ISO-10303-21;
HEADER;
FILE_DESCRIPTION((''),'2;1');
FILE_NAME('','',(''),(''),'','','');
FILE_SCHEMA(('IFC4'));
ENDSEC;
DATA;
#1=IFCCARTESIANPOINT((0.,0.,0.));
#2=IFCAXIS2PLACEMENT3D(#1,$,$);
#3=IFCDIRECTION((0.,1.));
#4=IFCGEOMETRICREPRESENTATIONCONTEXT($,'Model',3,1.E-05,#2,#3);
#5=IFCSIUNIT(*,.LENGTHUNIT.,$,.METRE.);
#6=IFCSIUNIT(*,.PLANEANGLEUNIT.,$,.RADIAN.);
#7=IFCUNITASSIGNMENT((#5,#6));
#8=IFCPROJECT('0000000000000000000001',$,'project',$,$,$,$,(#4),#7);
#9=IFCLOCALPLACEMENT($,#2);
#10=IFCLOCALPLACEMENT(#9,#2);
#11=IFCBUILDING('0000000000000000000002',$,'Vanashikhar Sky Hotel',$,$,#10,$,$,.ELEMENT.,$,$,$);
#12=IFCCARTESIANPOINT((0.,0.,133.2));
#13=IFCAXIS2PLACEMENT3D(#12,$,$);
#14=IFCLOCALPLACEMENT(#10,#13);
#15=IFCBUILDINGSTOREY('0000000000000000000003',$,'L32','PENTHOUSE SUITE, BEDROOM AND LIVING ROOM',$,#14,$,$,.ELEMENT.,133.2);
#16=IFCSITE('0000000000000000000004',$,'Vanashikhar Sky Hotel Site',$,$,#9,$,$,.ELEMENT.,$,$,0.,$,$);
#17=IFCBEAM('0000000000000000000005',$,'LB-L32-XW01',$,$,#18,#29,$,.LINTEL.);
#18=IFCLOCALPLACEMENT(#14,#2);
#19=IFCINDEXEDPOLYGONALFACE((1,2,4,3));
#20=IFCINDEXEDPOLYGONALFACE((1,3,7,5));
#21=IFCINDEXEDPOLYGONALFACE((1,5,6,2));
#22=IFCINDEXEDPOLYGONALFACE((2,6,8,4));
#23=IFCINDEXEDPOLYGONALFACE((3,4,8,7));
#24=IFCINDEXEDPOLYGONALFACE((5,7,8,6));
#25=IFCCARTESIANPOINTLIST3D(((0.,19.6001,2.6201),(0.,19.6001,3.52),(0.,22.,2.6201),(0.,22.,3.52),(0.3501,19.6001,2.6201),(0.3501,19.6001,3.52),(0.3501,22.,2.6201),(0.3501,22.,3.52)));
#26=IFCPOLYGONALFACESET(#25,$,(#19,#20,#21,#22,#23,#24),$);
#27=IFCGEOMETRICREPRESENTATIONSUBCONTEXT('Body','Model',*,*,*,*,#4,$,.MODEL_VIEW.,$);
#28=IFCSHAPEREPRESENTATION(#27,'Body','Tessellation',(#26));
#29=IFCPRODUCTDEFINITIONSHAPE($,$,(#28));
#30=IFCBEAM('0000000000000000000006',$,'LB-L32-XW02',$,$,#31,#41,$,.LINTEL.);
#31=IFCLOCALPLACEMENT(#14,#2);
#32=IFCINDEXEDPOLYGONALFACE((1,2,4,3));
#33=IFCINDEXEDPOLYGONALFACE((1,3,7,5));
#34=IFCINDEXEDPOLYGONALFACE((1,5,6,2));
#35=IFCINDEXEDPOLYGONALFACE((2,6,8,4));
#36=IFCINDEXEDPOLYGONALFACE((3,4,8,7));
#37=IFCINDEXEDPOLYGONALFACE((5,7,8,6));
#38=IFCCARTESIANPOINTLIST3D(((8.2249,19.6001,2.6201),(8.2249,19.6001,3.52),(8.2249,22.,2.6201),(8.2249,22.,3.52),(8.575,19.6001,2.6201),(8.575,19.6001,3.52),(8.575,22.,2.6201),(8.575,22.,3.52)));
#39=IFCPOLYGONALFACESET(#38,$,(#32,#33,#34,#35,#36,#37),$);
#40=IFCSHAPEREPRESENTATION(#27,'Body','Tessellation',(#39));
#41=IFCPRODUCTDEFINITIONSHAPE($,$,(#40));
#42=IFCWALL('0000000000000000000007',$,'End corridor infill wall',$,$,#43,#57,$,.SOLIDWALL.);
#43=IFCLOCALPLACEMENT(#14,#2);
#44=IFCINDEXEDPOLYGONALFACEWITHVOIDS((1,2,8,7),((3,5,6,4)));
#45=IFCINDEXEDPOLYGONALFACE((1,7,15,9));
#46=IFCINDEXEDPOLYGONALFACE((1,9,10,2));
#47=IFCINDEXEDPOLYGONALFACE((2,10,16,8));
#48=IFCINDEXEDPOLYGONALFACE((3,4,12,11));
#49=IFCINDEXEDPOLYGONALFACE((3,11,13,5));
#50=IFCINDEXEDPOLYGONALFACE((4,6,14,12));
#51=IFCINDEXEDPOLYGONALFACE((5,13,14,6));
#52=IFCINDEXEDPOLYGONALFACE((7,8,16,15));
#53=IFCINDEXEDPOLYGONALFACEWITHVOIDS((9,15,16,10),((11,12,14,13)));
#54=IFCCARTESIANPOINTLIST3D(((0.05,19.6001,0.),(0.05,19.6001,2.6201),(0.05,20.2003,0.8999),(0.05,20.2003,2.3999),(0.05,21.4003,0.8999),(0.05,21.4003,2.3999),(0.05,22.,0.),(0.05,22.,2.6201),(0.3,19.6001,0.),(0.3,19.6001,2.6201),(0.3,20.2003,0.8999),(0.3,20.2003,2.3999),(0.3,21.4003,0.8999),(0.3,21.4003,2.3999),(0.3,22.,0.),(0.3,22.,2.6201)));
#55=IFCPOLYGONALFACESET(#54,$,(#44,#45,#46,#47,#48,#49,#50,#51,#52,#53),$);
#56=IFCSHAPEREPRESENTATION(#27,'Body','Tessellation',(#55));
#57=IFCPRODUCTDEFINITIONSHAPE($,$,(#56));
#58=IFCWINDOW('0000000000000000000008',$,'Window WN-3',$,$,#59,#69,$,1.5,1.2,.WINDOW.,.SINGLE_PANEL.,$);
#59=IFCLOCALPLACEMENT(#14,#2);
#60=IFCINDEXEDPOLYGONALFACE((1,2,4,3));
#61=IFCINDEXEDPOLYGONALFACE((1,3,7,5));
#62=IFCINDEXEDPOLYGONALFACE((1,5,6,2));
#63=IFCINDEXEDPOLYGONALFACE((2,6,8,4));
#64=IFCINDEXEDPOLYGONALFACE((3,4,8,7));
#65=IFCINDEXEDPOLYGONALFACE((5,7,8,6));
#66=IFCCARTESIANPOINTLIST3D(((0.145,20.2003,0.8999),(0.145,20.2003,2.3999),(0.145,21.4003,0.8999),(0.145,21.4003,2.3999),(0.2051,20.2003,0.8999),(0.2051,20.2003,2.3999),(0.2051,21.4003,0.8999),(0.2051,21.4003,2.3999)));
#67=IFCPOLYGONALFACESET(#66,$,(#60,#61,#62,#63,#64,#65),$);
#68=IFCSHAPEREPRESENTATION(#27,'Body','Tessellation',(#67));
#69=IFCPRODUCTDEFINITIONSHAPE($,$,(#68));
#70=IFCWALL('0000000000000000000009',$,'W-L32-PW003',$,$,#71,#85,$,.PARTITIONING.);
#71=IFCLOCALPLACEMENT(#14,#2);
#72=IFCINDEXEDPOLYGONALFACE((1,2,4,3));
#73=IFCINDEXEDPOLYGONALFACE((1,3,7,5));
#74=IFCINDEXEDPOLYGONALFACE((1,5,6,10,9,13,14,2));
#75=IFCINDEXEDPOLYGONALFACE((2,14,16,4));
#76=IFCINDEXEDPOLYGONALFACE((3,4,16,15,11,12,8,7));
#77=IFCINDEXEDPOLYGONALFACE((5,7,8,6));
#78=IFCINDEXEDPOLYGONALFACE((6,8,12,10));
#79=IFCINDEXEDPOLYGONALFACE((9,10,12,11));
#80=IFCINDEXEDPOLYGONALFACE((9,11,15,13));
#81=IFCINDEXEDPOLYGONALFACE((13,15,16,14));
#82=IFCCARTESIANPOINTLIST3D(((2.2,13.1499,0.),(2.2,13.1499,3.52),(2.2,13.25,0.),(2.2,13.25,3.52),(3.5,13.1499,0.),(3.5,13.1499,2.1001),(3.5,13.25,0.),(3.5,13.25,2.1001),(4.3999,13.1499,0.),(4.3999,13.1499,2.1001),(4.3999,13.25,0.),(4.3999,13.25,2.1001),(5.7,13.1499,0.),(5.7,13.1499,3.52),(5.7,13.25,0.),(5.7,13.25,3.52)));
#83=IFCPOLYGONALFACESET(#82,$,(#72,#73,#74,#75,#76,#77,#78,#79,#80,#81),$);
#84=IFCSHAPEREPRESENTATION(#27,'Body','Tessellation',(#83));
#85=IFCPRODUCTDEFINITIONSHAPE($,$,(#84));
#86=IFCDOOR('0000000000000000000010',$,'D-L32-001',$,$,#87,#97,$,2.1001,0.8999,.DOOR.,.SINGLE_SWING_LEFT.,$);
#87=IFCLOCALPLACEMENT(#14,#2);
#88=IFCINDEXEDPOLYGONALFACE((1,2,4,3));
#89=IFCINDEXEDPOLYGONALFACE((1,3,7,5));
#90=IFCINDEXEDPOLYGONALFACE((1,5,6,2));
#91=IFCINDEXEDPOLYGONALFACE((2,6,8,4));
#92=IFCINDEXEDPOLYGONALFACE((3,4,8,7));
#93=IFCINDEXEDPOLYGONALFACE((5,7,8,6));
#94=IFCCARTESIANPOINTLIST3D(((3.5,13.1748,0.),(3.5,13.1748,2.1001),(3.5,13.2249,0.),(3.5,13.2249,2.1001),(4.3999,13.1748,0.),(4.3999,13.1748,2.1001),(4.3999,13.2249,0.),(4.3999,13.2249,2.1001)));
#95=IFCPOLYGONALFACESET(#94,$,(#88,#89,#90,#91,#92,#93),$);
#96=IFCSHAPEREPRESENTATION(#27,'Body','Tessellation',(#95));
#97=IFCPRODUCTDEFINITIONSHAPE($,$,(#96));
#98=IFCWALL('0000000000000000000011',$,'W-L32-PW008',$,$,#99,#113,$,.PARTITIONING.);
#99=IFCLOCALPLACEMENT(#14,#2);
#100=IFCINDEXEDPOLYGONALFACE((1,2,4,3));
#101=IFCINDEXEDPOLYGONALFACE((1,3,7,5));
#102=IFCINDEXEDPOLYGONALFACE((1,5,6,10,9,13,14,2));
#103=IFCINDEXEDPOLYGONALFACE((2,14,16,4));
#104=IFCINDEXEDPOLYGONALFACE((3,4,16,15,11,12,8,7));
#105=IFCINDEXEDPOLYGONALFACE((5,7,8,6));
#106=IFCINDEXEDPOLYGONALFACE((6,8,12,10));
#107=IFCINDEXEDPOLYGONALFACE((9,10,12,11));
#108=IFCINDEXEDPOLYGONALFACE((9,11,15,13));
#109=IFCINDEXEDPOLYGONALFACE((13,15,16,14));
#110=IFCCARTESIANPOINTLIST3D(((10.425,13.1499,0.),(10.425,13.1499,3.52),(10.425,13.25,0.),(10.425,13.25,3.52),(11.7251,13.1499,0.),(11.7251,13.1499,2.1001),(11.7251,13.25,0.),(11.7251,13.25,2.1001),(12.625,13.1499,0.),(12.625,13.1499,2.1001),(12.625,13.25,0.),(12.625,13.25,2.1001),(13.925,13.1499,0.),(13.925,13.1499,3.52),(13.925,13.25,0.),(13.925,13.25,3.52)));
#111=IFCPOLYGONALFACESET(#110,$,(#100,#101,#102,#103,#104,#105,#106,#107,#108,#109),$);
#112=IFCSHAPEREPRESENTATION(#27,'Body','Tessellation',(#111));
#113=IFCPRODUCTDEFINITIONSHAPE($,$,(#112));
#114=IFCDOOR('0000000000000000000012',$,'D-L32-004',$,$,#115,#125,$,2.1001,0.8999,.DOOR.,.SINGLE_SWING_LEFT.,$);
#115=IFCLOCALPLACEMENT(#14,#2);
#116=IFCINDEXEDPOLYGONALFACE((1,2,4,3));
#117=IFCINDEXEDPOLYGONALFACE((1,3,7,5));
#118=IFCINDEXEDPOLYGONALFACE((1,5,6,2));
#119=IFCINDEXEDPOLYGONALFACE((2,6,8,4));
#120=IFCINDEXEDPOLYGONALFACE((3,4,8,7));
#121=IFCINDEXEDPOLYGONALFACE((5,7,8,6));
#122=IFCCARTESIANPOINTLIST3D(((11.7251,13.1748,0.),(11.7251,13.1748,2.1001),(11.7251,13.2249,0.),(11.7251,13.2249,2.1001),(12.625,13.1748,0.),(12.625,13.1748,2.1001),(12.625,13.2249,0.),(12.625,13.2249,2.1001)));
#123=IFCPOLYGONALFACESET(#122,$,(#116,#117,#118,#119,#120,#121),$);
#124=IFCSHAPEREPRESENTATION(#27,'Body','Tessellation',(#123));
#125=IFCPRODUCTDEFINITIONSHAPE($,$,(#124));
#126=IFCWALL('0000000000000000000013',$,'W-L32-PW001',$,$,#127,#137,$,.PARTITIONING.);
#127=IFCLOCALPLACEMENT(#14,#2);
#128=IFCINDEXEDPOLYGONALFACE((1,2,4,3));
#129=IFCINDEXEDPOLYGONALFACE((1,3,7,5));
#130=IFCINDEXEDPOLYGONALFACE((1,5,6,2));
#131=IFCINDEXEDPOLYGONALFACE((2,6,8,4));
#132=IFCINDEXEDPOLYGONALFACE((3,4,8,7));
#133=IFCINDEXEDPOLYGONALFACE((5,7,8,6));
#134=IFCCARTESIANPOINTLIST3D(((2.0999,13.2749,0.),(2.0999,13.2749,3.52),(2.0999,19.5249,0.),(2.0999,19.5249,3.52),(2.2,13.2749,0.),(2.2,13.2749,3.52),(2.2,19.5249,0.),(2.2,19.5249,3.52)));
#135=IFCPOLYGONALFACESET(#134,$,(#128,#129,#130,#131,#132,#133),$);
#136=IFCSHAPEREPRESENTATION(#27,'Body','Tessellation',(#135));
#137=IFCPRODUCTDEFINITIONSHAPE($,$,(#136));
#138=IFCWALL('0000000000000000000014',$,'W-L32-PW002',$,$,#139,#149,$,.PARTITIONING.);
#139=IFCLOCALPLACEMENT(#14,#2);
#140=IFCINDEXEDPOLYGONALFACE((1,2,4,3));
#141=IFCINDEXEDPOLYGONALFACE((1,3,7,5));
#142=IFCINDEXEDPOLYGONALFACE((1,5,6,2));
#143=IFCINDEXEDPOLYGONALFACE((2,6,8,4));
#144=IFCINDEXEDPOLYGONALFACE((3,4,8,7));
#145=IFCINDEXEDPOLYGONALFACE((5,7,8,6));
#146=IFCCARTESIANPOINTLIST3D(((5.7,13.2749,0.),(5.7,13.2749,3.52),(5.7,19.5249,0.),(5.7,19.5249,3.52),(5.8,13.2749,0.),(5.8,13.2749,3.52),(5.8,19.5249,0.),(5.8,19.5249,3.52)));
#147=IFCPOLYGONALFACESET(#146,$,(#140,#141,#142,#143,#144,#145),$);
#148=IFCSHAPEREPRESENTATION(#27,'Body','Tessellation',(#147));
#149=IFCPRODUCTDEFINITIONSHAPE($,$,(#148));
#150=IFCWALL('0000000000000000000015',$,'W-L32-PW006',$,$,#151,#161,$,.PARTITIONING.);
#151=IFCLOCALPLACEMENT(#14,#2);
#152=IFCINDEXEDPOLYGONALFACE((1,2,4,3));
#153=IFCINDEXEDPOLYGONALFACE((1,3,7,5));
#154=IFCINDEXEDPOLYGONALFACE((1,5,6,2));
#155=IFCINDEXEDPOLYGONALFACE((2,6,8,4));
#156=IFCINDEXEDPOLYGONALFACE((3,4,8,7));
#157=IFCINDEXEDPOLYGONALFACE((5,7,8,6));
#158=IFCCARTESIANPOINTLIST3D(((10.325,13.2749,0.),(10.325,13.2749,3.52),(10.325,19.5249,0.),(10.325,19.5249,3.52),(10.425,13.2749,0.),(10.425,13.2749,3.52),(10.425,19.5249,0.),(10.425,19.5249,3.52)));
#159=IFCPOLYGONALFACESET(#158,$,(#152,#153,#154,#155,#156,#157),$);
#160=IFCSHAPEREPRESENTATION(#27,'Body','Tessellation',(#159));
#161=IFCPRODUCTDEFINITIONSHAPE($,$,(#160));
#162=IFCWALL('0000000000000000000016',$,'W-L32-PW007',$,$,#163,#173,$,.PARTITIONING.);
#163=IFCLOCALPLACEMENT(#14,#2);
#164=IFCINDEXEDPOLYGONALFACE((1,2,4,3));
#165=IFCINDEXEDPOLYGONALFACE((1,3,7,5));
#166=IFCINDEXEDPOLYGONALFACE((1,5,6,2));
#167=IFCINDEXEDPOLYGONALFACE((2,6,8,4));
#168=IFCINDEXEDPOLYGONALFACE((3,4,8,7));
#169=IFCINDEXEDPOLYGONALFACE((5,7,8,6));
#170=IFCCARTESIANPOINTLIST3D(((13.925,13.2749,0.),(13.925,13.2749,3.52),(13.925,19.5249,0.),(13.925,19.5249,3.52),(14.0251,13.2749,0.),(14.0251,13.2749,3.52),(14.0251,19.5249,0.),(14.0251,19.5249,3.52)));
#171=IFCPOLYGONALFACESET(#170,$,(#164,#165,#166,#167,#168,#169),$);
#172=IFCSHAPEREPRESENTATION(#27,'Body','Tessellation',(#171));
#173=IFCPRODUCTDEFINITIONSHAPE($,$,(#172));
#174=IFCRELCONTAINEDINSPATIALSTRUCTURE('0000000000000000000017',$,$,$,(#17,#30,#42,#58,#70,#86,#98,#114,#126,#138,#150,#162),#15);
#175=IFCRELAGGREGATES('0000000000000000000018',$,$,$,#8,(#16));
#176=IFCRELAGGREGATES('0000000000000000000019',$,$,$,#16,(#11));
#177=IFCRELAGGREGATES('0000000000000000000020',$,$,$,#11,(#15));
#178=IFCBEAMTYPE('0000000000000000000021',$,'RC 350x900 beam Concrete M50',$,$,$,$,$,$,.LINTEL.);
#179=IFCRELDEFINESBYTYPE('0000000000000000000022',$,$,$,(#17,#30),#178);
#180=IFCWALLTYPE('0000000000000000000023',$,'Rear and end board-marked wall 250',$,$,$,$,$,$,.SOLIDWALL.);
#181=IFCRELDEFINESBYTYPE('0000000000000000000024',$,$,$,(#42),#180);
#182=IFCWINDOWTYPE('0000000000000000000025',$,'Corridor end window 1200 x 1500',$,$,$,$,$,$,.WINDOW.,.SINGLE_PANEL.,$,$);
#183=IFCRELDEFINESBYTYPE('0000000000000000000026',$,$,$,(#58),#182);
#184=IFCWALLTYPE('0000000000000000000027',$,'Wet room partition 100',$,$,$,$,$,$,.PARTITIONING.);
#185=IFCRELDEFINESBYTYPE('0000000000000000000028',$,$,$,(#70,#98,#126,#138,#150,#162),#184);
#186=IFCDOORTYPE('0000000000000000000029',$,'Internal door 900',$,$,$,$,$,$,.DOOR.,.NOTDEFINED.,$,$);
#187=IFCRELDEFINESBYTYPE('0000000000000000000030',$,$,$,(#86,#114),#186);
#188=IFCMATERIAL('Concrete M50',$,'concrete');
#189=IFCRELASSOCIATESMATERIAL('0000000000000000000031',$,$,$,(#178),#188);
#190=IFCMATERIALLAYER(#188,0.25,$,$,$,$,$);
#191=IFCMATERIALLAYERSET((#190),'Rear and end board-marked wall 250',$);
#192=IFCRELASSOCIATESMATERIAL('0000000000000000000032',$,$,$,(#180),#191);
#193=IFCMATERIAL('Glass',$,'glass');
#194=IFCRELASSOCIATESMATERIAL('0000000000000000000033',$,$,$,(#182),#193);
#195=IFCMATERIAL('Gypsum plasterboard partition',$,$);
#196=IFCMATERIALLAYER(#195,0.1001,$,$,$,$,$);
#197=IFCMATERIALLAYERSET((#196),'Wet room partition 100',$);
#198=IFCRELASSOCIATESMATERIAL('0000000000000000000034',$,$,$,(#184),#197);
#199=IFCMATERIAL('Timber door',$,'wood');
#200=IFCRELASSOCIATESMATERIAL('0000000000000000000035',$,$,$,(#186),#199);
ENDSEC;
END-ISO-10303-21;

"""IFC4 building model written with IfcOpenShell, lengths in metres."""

from ifc_helpers import new_model, si_unit, direction, frame, frame_2d, origin, origin_2d, place, context, subcontext, project, spatial, rectangle, extrude, source, transform, mapped, material, layer, layer_set, material_profile, profile_set, type_object, element, fill, save


model = new_model("IFC4")

# Units and contexts
model_context = context("Model", 3, precision=1e-05, world=origin(), true_north=direction((0.0, 1.0)))
body_context = subcontext(model_context, "Body", "Model", "MODEL_VIEW")
ifc_project = project(units=[si_unit("LENGTHUNIT", "METRE"), si_unit("PLANEANGLEUNIT", "RADIAN")], contexts=[model_context])

# Site, building, storey
site_placement = place(None, origin())
site = spatial("IfcSite", under=ifc_project, at=site_placement, Name="Vanashikhar Sky Hotel Site", CompositionType="ELEMENT", RefElevation=0.0)
building_placement = place(site_placement, origin())
building = spatial("IfcBuilding", under=site, at=building_placement, Name="Vanashikhar Sky Hotel", CompositionType="ELEMENT")
storey_placement = place(building_placement, frame((0.0, 0.0, 133.2)))
storey = spatial("IfcBuildingStorey", under=building, at=storey_placement, Name="L32", Description="PENTHOUSE SUITE, BEDROOM AND LIVING ROOM", CompositionType="ELEMENT", Elevation=133.2)

# Beams
ifc_material_1 = material(Name="Concrete M50", Category="concrete")
ifc_material_profile = material_profile(ifc_material_1, rectangle(XDim=0.3501, YDim=0.8999, at=origin_2d()))
ifc_profile_set = profile_set([ifc_material_profile], Name="RC 350x900 beam Concrete M50")
beam_type = type_object("IfcBeamType", Name="RC 350x900 beam Concrete M50", PredefinedType="LINTEL", material=ifc_profile_set)
shared_shape_1 = source(origin(), body_context, "Body", "SweptSolid", [
    extrude(rectangle(XDim=0.3501, YDim=0.8999, at=origin_2d()), origin(), (0.0, 0.0, 1.0), 2.3999),
])
for number, where, z_axis, x_axis, name in (
    (1, (0.175, 19.6001, 3.0701), (0.0, 1.0, 0.0), (-1.0, 0.0, 0.0), "LB-L32-XW01"),
    (2, (8.3999, 19.6001, 3.0701), (0.0, 1.0, 0.0), (-1.0, 0.0, 0.0), "LB-L32-XW02"),
):
    element("IfcBeam", number, at=place(storey_placement, frame(where, z_axis=z_axis, x_axis=x_axis)), inside=storey, type_object=beam_type, Name=name, PredefinedType="LINTEL", context=body_context, shape_type="MappedRepresentation", body=[
        mapped(shared_shape_1, transform((0.0, 0.0, 0.0), scale=1.0)),
    ])

# Wall, opening, window
ifc_layer_1 = layer(ifc_material_1, 0.25)
ifc_layer_set_1 = layer_set([ifc_layer_1], Name="Rear and end board-marked wall 250")
wall_type_1 = type_object("IfcWallType", Name="Rear and end board-marked wall 250", PredefinedType="SOLIDWALL", material=ifc_layer_set_1)
shared_shape_2 = source(origin(), body_context, "Body", "SweptSolid", [
    extrude(rectangle(XDim=2.3999, YDim=0.25, at=frame_2d((1.2, 0.0))), origin(), (0.0, 0.0, 1.0), 2.6201),
])
wall_1_placement = place(storey_placement, frame((0.175, 19.6001, 0.0), z_axis=(0.0, 0.0, 1.0), x_axis=(0.0, 1.0, 0.0)))
wall_1 = element("IfcWall", 3, at=wall_1_placement, inside=storey, type_object=wall_type_1, Name="End corridor infill wall", PredefinedType="SOLIDWALL", context=body_context, shape_type="MappedRepresentation", body=[
    mapped(shared_shape_2, transform((0.0, 0.0, 0.0), scale=1.0)),
])
shared_shape_3 = source(origin(), body_context, "Body", "SweptSolid", [
    extrude(rectangle(XDim=1.2, YDim=1.5, at=frame_2d((0.6001, 0.75))), frame((0.0, 0.135, 0.0), z_axis=(0.0, -1.0, 0.0), x_axis=(1.0, 0.0, 0.0)), (0.0, 0.0, 1.0), 0.27),
])
opening_1_placement = place(wall_1_placement, frame((0.6001, 0.0, 0.8999)))
opening_1 = element("IfcOpeningElement", 4, at=opening_1_placement, cuts=wall_1, PredefinedType="OPENING", context=body_context, shape_type="MappedRepresentation", body=[
    mapped(shared_shape_3, transform((0.0, 0.0, 0.0), scale=1.0)),
])
ifc_material_2 = material(Name="Glass", Category="glass")
window_type = type_object("IfcWindowType", Name="Corridor end window 1200 x 1500", PartitioningType="SINGLE_PANEL", PredefinedType="WINDOW", material=ifc_material_2)
shared_shape_4 = source(origin(), body_context, "Body", "SweptSolid", [
    extrude(rectangle(XDim=1.2, YDim=1.5, at=frame_2d((0.6001, 0.75))), frame((0.0, 0.03, 0.0), z_axis=(0.0, -1.0, 0.0), x_axis=(1.0, 0.0, 0.0)), (0.0, 0.0, 1.0), 0.0601),
])
window_placement = place(opening_1_placement, origin())
window = element("IfcWindow", 5, at=window_placement, inside=storey, type_object=window_type, Name="Window WN-3", OverallHeight=1.5, OverallWidth=1.2, PartitioningType="SINGLE_PANEL", PredefinedType="WINDOW", context=body_context, shape_type="MappedRepresentation", body=[
    mapped(shared_shape_4, transform((0.0, 0.0, 0.0), scale=1.0)),
])
fill(opening_1, window)

# Walls, openings, doors
ifc_material_3 = material(Name="Gypsum plasterboard partition")
ifc_layer_2 = layer(ifc_material_3, 0.1001)
ifc_layer_set_2 = layer_set([ifc_layer_2], Name="Wet room partition 100")
wall_type_2 = type_object("IfcWallType", Name="Wet room partition 100", PredefinedType="PARTITIONING", material=ifc_layer_set_2)
shared_shape_5 = source(origin(), body_context, "Body", "SweptSolid", [
    extrude(rectangle(XDim=3.5, YDim=0.1001, at=frame_2d((1.75, 0.0))), origin(), (0.0, 0.0, 1.0), 3.52),
])
wall_2_placement = place(storey_placement, frame((2.2, 13.2, 0.0), z_axis=(0.0, 0.0, 1.0), x_axis=(1.0, 0.0, 0.0)))
wall_2 = element("IfcWall", 6, at=wall_2_placement, inside=storey, type_object=wall_type_2, Name="W-L32-PW003", PredefinedType="PARTITIONING", context=body_context, shape_type="MappedRepresentation", body=[
    mapped(shared_shape_5, transform((0.0, 0.0, 0.0), scale=1.0)),
])
shared_shape_6 = source(origin(), body_context, "Body", "SweptSolid", [
    extrude(rectangle(XDim=0.8999, YDim=2.1001, at=frame_2d((0.45, 1.05))), frame((0.0, 0.0601, 0.0), z_axis=(0.0, -1.0, 0.0), x_axis=(1.0, 0.0, 0.0)), (0.0, 0.0, 1.0), 0.1201),
])
opening_2_placement = place(wall_2_placement, frame((1.3, 0.0, 0.0)))
opening_2 = element("IfcOpeningElement", 7, at=opening_2_placement, cuts=wall_2, PredefinedType="OPENING", context=body_context, shape_type="MappedRepresentation", body=[
    mapped(shared_shape_6, transform((0.0, 0.0, 0.0), scale=1.0)),
])
ifc_material_4 = material(Name="Timber door", Category="wood")
door_type_1 = type_object("IfcDoorType", Name="Internal door 900", OperationType="NOTDEFINED", PredefinedType="DOOR", material=ifc_material_4)
shared_shape_7 = source(origin(), body_context, "Body", "SweptSolid", [
    extrude(rectangle(XDim=0.8999, YDim=2.1001, at=frame_2d((0.45, 1.05))), frame((0.0, 0.0249, 0.0), z_axis=(0.0, -1.0, 0.0), x_axis=(1.0, 0.0, 0.0)), (0.0, 0.0, 1.0), 0.05),
])
door_1_placement = place(opening_2_placement, origin())
door_1 = element("IfcDoor", 8, at=door_1_placement, inside=storey, type_object=door_type_1, Name="D-L32-001", OperationType="SINGLE_SWING_LEFT", OverallHeight=2.1001, OverallWidth=0.8999, PredefinedType="DOOR", context=body_context, shape_type="MappedRepresentation", body=[
    mapped(shared_shape_7, transform((0.0, 0.0, 0.0), scale=1.0)),
])
fill(opening_2, door_1)
wall_3_placement = place(storey_placement, frame((10.425, 13.2, 0.0), z_axis=(0.0, 0.0, 1.0), x_axis=(1.0, 0.0, 0.0)))
wall_3 = element("IfcWall", 9, at=wall_3_placement, inside=storey, type_object=wall_type_2, Name="W-L32-PW008", PredefinedType="PARTITIONING", context=body_context, shape_type="MappedRepresentation", body=[
    mapped(shared_shape_5, transform((0.0, 0.0, 0.0), scale=1.0)),
])
opening_3_placement = place(wall_3_placement, frame((1.3, 0.0, 0.0)))
opening_3 = element("IfcOpeningElement", 10, at=opening_3_placement, cuts=wall_3, PredefinedType="OPENING", context=body_context, shape_type="MappedRepresentation", body=[
    mapped(shared_shape_6, transform((0.0, 0.0, 0.0), scale=1.0)),
])
door_2_placement = place(opening_3_placement, origin())
door_2 = element("IfcDoor", 11, at=door_2_placement, inside=storey, type_object=door_type_1, Name="D-L32-004", OperationType="SINGLE_SWING_LEFT", OverallHeight=2.1001, OverallWidth=0.8999, PredefinedType="DOOR", context=body_context, shape_type="MappedRepresentation", body=[
    mapped(shared_shape_7, transform((0.0, 0.0, 0.0), scale=1.0)),
])
fill(opening_3, door_2)

# Walls
shared_shape_8 = source(origin(), body_context, "Body", "SweptSolid", [
    extrude(rectangle(XDim=6.25, YDim=0.1001, at=frame_2d((3.125, 0.0))), origin(), (0.0, 0.0, 1.0), 3.52),
])
for number, where, z_axis, x_axis, name in (
    (12, (2.1499, 13.2749, 0.0), (0.0, 0.0, 1.0), (0.0, 1.0, 0.0), "W-L32-PW001"),
    (13, (5.75, 13.2749, 0.0), (0.0, 0.0, 1.0), (0.0, 1.0, 0.0), "W-L32-PW002"),
    (14, (10.375, 13.2749, 0.0), (0.0, 0.0, 1.0), (0.0, 1.0, 0.0), "W-L32-PW006"),
    (15, (13.9751, 13.2749, 0.0), (0.0, 0.0, 1.0), (0.0, 1.0, 0.0), "W-L32-PW007"),
):
    element("IfcWall", number, at=place(storey_placement, frame(where, z_axis=z_axis, x_axis=x_axis)), inside=storey, type_object=wall_type_2, Name=name, PredefinedType="PARTITIONING", context=body_context, shape_type="MappedRepresentation", body=[
        mapped(shared_shape_8, transform((0.0, 0.0, 0.0), scale=1.0)),
    ])

save(model, "model.ifc")
